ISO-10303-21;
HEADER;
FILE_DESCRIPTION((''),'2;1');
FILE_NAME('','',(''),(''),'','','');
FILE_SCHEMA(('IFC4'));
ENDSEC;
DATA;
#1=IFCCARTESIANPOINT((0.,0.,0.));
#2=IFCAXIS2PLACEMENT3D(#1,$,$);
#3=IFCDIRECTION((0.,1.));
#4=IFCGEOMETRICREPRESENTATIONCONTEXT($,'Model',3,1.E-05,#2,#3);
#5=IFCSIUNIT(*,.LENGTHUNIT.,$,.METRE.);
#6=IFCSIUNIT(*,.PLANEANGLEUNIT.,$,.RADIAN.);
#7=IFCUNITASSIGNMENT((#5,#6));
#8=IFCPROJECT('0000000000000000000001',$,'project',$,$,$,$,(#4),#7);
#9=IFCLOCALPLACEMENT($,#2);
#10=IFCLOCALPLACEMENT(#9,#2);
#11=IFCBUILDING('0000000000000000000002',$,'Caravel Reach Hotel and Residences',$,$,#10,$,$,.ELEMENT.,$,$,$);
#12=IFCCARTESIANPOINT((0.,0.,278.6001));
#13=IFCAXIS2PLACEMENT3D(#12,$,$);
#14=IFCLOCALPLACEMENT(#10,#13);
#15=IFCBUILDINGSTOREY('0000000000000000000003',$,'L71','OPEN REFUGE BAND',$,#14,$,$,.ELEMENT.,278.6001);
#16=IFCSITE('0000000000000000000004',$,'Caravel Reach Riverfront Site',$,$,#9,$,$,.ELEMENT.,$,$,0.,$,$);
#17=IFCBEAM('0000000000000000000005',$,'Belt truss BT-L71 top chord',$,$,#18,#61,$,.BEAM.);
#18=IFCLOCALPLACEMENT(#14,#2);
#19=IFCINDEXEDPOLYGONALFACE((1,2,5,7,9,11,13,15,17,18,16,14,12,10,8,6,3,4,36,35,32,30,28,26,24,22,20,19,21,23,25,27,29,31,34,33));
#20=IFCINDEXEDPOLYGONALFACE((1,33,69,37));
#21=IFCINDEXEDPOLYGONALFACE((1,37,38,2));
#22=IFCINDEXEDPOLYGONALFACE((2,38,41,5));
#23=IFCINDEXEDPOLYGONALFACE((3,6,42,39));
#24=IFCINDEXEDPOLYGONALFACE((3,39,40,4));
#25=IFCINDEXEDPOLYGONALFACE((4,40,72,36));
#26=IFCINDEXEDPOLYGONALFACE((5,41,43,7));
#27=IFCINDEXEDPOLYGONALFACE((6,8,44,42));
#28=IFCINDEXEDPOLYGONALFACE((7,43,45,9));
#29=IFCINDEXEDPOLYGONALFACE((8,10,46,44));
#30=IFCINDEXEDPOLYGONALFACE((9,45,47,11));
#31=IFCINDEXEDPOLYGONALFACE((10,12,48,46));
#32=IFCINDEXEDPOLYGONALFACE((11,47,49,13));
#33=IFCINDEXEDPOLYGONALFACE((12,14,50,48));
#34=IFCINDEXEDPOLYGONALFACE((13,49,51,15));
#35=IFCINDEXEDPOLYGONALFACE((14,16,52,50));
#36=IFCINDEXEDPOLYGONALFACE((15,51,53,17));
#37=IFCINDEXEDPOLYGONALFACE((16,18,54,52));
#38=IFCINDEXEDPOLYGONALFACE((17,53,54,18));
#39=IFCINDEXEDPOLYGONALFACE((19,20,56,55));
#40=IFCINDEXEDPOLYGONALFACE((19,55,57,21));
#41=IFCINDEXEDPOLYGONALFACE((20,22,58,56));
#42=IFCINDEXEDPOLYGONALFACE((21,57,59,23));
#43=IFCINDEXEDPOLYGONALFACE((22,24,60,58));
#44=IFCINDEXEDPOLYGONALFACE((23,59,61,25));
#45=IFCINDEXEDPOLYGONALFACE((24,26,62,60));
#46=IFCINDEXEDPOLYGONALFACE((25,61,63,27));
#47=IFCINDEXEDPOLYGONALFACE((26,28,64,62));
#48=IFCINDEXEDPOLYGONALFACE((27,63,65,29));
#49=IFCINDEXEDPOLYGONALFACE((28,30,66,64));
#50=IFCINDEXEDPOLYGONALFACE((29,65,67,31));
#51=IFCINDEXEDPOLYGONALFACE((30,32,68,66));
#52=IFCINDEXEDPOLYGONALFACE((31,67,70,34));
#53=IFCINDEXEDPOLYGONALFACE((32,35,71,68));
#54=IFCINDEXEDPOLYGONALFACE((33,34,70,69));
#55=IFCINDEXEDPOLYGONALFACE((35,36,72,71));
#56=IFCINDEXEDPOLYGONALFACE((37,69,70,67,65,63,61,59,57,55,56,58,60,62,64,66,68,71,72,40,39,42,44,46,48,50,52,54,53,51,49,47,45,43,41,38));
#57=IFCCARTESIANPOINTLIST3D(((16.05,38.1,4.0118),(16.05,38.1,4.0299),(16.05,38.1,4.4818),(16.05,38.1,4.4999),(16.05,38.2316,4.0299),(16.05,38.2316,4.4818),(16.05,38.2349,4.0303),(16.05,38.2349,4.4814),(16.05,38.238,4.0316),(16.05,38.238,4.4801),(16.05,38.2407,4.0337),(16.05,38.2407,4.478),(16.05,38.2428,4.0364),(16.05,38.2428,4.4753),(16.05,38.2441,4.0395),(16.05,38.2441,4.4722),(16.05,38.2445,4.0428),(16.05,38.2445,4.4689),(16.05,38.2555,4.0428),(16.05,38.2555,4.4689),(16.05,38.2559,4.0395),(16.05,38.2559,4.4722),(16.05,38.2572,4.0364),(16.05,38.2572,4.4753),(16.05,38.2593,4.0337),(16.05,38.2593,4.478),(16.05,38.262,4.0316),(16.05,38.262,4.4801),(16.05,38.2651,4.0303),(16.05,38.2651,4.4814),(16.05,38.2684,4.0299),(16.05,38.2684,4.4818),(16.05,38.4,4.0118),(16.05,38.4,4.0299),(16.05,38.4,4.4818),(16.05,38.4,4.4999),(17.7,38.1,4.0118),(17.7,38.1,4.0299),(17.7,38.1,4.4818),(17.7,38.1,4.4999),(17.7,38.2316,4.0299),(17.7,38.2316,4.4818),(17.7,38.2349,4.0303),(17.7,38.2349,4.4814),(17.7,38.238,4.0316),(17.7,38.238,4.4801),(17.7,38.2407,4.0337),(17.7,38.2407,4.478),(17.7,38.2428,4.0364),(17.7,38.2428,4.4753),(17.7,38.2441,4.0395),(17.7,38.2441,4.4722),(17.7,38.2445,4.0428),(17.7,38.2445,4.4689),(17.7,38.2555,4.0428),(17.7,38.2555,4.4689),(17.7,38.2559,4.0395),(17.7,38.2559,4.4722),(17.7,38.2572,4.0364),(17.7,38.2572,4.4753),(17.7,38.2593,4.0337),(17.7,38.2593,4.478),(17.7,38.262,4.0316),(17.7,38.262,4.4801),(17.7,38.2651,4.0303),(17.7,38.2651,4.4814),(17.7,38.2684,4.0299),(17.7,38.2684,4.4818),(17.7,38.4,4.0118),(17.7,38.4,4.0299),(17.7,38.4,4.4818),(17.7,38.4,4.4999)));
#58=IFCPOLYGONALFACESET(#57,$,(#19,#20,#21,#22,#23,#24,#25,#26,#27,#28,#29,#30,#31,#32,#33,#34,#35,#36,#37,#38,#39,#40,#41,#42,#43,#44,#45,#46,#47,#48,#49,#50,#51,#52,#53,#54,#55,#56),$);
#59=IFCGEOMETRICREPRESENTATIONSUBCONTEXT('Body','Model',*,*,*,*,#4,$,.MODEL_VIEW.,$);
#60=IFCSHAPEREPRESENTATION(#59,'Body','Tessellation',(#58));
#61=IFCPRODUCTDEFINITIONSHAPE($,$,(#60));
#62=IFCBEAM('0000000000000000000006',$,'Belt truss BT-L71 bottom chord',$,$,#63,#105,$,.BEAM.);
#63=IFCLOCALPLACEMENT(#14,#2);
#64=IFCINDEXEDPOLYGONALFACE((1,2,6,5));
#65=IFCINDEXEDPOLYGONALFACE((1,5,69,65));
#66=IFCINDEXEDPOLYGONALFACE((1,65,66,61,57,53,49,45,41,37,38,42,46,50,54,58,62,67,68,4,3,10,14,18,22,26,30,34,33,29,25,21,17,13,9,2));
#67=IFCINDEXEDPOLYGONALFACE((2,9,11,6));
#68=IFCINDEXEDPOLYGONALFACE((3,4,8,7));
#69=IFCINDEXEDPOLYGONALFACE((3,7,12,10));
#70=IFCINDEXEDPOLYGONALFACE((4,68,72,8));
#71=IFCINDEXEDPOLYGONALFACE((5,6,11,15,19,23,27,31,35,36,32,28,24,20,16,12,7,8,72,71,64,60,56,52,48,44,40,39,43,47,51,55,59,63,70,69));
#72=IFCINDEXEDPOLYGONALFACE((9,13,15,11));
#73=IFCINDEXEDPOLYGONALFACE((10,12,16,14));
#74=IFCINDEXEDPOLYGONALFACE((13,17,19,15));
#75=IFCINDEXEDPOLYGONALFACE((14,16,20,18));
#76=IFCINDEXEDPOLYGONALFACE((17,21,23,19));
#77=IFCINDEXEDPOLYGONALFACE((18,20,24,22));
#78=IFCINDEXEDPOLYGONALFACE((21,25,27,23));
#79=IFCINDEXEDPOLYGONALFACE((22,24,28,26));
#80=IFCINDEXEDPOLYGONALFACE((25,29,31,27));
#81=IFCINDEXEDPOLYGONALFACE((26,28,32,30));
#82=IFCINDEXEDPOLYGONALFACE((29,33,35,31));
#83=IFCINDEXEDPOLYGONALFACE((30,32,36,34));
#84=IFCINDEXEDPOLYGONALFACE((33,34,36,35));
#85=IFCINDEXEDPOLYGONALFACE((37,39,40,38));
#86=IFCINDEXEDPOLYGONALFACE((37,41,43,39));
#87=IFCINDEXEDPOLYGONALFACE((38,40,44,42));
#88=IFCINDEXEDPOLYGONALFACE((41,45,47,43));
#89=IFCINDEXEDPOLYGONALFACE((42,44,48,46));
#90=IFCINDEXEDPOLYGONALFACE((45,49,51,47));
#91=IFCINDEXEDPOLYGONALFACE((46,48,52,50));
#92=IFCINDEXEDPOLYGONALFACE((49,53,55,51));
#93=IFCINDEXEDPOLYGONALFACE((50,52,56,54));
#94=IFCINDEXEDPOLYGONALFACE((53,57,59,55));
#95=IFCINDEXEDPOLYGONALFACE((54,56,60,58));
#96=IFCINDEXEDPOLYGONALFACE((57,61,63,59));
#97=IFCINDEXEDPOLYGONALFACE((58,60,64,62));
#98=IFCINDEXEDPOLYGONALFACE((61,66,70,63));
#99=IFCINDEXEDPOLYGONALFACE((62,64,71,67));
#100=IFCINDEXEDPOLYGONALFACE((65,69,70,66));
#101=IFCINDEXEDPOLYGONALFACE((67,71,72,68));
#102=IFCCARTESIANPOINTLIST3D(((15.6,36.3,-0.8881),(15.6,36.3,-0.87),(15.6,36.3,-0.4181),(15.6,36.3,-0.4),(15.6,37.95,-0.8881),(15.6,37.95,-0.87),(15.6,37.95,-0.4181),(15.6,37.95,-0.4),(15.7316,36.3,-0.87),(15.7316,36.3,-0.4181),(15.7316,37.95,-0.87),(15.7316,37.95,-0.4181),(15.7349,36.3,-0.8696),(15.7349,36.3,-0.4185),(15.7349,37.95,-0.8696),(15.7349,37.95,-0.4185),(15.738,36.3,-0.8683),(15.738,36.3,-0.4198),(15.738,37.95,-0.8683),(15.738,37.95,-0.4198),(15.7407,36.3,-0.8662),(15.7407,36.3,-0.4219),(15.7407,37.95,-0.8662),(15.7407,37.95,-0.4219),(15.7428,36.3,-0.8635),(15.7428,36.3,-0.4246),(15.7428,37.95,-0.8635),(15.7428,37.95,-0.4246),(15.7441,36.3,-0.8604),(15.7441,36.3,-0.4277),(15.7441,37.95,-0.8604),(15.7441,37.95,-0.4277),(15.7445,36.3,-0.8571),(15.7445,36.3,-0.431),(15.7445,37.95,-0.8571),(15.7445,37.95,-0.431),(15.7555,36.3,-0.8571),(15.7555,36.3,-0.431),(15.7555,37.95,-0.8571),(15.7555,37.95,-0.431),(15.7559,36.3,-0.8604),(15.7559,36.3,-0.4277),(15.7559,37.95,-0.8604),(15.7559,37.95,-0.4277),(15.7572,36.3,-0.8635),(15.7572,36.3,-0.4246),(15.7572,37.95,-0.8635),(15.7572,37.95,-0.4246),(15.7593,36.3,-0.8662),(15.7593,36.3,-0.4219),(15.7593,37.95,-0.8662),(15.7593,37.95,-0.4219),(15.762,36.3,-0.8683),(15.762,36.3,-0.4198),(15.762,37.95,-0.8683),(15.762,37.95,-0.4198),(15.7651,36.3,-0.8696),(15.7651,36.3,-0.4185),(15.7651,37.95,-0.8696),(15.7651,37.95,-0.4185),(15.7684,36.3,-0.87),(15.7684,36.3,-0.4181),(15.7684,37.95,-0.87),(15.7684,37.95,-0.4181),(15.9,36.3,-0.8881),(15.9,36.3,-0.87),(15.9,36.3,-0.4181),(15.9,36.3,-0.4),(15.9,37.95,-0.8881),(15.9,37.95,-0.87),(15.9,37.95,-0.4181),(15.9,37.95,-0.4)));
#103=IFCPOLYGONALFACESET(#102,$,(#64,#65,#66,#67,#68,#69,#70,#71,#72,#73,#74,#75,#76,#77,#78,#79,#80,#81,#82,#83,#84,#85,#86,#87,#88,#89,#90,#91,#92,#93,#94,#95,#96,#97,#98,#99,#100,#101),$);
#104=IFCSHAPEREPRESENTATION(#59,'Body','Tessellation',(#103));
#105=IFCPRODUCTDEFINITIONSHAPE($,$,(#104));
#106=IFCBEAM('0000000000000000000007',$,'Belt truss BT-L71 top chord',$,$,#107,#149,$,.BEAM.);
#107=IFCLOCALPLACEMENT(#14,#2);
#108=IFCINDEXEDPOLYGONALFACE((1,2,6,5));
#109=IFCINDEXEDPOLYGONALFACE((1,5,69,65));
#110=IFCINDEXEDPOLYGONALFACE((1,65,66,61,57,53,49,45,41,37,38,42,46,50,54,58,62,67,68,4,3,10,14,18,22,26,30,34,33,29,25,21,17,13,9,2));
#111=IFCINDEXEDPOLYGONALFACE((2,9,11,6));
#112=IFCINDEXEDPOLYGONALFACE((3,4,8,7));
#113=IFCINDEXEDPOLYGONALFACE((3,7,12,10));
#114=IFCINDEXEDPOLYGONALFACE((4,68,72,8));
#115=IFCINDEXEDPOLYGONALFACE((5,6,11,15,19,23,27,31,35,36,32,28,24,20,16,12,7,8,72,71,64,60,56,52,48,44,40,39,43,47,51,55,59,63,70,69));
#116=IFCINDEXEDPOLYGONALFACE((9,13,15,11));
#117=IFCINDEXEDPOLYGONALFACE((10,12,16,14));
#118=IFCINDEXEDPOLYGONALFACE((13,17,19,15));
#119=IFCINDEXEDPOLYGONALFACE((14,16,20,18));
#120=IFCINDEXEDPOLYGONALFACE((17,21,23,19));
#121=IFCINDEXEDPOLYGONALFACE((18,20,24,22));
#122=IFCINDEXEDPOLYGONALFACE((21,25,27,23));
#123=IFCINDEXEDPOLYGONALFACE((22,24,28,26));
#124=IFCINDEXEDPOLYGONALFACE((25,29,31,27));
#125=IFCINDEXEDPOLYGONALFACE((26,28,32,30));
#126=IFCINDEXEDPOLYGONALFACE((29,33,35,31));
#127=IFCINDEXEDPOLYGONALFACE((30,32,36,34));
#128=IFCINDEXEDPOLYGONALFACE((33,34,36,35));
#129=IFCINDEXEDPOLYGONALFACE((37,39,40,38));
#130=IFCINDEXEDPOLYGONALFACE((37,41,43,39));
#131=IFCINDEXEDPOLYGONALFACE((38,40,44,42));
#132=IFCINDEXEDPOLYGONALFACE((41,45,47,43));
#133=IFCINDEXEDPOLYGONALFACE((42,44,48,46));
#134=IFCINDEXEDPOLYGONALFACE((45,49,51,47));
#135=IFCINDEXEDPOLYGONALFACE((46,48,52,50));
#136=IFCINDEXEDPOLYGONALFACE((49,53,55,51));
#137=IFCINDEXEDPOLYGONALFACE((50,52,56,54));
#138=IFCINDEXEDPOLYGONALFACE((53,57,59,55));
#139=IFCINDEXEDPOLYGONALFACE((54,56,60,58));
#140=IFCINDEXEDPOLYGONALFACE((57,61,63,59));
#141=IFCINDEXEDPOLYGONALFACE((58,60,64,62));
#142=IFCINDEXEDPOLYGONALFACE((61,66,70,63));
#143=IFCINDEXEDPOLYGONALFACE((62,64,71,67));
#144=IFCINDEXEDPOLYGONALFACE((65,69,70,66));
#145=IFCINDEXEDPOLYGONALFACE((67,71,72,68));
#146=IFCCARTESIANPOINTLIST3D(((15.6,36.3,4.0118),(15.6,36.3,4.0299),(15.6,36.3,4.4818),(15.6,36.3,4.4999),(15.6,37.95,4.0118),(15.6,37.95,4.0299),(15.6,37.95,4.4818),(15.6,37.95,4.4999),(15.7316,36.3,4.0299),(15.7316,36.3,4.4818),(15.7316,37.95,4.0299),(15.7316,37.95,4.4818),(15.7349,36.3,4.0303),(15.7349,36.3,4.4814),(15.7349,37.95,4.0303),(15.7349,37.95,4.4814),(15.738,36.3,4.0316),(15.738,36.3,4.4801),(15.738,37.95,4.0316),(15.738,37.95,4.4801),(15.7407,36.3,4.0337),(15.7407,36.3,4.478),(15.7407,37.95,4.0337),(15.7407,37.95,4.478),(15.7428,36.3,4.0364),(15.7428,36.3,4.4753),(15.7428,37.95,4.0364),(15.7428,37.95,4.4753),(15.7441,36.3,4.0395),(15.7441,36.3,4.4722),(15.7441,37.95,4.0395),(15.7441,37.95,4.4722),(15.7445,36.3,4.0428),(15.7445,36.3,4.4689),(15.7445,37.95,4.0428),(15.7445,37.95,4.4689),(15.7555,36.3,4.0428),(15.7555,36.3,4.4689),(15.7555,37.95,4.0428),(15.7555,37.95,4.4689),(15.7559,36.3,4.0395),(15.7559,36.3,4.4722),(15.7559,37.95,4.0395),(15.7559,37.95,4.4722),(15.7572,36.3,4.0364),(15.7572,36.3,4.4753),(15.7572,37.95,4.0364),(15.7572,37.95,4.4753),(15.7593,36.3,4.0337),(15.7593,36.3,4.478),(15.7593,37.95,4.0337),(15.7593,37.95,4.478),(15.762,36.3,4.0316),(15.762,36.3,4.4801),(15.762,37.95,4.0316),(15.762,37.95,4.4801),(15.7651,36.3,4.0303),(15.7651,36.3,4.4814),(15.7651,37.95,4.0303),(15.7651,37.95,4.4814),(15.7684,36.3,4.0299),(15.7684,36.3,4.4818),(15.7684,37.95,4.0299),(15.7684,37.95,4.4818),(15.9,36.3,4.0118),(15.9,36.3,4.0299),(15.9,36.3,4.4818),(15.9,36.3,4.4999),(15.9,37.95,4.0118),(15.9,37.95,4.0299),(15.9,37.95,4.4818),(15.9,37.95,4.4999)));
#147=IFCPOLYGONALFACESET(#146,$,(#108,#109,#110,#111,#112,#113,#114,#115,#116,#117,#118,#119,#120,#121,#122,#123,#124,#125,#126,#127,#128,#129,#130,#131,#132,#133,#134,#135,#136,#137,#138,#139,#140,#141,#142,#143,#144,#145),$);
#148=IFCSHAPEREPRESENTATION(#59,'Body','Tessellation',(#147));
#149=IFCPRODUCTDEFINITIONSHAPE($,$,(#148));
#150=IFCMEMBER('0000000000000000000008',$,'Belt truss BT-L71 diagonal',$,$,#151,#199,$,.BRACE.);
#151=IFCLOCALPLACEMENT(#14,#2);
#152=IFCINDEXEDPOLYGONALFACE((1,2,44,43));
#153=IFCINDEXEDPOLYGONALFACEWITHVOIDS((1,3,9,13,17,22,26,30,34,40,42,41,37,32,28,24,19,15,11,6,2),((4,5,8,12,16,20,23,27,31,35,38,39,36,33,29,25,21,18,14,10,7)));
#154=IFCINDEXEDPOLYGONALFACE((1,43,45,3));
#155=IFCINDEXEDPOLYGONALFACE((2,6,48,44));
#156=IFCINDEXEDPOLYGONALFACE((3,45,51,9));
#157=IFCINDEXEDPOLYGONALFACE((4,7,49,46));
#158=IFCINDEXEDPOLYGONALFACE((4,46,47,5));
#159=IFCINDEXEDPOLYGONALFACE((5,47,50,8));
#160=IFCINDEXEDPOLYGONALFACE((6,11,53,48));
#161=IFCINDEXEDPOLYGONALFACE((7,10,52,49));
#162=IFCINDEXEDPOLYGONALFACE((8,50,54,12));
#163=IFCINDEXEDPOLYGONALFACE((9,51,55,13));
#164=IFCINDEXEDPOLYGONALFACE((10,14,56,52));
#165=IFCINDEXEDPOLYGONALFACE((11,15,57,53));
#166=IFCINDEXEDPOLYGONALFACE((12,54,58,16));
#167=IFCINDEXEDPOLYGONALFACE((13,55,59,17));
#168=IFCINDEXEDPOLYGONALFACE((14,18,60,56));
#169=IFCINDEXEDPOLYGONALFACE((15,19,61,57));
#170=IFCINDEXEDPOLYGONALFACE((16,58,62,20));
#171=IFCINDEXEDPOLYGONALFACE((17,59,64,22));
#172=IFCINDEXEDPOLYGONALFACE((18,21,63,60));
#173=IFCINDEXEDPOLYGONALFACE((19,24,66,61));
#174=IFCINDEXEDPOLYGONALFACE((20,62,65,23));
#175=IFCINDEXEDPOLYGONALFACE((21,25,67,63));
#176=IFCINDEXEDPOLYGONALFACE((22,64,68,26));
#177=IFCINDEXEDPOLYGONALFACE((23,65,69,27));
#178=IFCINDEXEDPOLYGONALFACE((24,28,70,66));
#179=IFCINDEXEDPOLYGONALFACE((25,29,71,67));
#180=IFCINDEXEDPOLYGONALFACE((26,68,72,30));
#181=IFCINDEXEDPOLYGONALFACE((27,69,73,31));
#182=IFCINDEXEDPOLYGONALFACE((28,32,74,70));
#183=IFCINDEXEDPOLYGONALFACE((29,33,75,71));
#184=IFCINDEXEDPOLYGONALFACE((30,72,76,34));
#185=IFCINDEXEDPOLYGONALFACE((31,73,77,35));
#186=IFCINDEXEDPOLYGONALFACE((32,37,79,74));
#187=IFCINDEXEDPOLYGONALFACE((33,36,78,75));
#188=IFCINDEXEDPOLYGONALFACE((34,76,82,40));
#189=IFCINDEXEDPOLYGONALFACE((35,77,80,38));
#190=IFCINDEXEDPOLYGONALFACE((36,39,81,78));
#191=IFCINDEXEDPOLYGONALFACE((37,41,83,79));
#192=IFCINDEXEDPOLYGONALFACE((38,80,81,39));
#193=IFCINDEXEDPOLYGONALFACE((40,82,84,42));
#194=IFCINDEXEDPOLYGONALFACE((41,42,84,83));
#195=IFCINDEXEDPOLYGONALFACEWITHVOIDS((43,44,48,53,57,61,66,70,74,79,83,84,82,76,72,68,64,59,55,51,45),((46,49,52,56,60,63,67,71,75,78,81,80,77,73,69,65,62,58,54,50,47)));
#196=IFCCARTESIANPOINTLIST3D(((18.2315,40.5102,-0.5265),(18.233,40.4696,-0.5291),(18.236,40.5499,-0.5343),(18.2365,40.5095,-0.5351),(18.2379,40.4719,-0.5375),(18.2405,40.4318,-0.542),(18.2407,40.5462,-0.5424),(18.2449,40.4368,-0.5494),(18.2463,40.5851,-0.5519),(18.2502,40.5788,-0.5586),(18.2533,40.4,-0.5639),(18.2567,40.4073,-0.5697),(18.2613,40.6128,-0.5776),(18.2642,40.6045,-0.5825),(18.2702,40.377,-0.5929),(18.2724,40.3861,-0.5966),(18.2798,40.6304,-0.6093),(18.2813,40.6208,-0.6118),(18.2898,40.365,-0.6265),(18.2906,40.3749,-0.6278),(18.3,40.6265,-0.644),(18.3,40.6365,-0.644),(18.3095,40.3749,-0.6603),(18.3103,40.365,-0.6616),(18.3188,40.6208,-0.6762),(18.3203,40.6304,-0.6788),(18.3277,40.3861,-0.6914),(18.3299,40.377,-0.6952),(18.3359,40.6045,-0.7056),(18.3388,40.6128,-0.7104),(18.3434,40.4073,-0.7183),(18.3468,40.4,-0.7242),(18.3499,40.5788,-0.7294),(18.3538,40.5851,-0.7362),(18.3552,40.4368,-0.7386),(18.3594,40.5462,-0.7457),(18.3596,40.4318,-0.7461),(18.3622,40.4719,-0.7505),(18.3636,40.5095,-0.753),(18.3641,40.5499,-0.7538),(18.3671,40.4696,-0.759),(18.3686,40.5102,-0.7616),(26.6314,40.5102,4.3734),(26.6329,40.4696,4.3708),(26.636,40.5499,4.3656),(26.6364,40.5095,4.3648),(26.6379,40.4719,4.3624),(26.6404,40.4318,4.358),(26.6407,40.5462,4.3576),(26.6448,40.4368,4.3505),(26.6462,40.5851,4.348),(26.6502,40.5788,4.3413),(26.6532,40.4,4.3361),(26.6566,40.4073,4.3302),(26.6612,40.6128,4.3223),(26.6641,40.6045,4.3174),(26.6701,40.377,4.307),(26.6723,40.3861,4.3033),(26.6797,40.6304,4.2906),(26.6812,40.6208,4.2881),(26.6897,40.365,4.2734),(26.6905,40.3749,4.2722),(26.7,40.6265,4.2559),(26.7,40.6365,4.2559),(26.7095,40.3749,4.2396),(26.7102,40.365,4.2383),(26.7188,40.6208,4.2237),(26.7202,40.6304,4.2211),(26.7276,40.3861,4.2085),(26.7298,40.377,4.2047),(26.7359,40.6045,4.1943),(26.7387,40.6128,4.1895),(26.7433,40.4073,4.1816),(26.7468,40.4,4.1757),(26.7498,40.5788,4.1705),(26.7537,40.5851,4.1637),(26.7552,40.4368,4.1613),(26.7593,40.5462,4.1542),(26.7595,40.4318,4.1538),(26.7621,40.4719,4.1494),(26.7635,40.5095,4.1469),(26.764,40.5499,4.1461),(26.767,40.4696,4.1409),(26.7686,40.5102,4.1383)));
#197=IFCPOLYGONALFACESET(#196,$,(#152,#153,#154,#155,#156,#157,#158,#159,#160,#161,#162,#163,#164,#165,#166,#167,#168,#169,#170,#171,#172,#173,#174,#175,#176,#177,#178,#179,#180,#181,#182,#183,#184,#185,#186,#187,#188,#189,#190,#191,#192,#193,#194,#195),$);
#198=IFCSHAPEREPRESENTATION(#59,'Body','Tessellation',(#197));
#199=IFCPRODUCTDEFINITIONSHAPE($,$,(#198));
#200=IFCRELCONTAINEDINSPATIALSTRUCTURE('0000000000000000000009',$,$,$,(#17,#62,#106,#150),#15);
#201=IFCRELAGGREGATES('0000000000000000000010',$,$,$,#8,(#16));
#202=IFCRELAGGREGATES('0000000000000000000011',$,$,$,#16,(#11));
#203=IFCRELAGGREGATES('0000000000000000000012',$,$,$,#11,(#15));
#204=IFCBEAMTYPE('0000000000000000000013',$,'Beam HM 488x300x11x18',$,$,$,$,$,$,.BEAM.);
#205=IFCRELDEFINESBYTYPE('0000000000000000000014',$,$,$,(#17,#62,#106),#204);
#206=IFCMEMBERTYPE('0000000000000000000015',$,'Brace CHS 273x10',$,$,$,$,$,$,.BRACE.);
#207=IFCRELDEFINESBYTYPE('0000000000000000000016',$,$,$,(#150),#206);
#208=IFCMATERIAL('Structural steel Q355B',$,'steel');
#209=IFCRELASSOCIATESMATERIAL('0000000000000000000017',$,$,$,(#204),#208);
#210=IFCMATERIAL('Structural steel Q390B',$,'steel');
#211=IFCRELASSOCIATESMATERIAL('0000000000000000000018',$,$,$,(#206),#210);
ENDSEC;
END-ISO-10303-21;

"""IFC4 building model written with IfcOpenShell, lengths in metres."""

from ifc_helpers import new_model, si_unit, direction, frame, origin, origin_2d, place, context, subcontext, project, spatial, hollow_circle, i_section, extrude, material, material_profile, profile_set, type_object, element, save


model = new_model("IFC4")

# Units and contexts
model_context = context("Model", 3, precision=1e-05, world=origin(), true_north=direction((0.0, 1.0)))
body_context = subcontext(model_context, "Body", "Model", "MODEL_VIEW")
ifc_project = project(units=[si_unit("LENGTHUNIT", "METRE"), si_unit("PLANEANGLEUNIT", "RADIAN")], contexts=[model_context])

# Site, building, storey
site_placement = place(None, origin())
site = spatial("IfcSite", under=ifc_project, at=site_placement, Name="Caravel Reach Riverfront Site", CompositionType="ELEMENT", RefElevation=0.0)
building_placement = place(site_placement, origin())
building = spatial("IfcBuilding", under=site, at=building_placement, Name="Caravel Reach Hotel and Residences", CompositionType="ELEMENT")
storey_placement = place(building_placement, frame((0.0, 0.0, 278.6001)))
storey = spatial("IfcBuildingStorey", under=building, at=storey_placement, Name="L71", Description="OPEN REFUGE BAND", CompositionType="ELEMENT", Elevation=278.6001)

# Beams
ifc_material_1 = material(Name="Structural steel Q355B", Category="steel")
ifc_material_profile_1 = material_profile(ifc_material_1, i_section(OverallWidth=0.3, OverallDepth=0.488, WebThickness=0.011, FlangeThickness=0.0181, FilletRadius=0.0129, at=origin_2d()), Name="HM 488x300x11x18")
ifc_profile_set_1 = profile_set([ifc_material_profile_1], Name="Structural steel Q355B")
beam_type = type_object("IfcBeamType", Name="Beam HM 488x300x11x18", PredefinedType="BEAM", material=ifc_profile_set_1)
for number, where, z_axis, x_axis, name in (
    (1, (17.7, 38.25, 4.2559), (-1.0, 0.0, 0.0), (0.0, -1.0, 0.0), "Belt truss BT-L71 top chord"),
    (2, (15.75, 37.95, -0.644), (0.0, -1.0, 0.0), (1.0, 0.0, 0.0), "Belt truss BT-L71 bottom chord"),
    (3, (15.75, 37.95, 4.2559), (0.0, -1.0, 0.0), (1.0, 0.0, 0.0), "Belt truss BT-L71 top chord"),
):
    element("IfcBeam", number, at=place(storey_placement, frame(where, z_axis=z_axis, x_axis=x_axis)), inside=storey, type_object=beam_type, Name=name, PredefinedType="BEAM", context=body_context, shape_type="SweptSolid", body=[
        extrude(i_section(OverallWidth=0.3, OverallDepth=0.488, WebThickness=0.011, FlangeThickness=0.0181, FilletRadius=0.0129, at=origin_2d()), origin(), (0.0, 0.0, 1.0), 1.6499),
    ])

# Member
ifc_material_2 = material(Name="Structural steel Q390B", Category="steel")
ifc_material_profile_2 = material_profile(ifc_material_2, hollow_circle(Radius=0.1365, WallThickness=0.01, at=origin_2d()), Name="CHS 273x10")
ifc_profile_set_2 = profile_set([ifc_material_profile_2], Name="Structural steel Q390B")
member_type = type_object("IfcMemberType", Name="Brace CHS 273x10", PredefinedType="BRACE", material=ifc_profile_set_2)
member_placement = place(storey_placement, frame((18.3, 40.5, -0.644), z_axis=(0.863781, 0.0, 0.503868), x_axis=(0.0, 1.0, 0.0)))
element("IfcMember", 4, at=member_placement, inside=storey, type_object=member_type, Name="Belt truss BT-L71 diagonal", PredefinedType="BRACE", context=body_context, shape_type="SweptSolid", body=[
    extrude(hollow_circle(Radius=0.1365, WallThickness=0.01, at=origin_2d()), origin(), (0.0, 0.0, 1.0), 9.7246),
])

save(model, "model.ifc")
